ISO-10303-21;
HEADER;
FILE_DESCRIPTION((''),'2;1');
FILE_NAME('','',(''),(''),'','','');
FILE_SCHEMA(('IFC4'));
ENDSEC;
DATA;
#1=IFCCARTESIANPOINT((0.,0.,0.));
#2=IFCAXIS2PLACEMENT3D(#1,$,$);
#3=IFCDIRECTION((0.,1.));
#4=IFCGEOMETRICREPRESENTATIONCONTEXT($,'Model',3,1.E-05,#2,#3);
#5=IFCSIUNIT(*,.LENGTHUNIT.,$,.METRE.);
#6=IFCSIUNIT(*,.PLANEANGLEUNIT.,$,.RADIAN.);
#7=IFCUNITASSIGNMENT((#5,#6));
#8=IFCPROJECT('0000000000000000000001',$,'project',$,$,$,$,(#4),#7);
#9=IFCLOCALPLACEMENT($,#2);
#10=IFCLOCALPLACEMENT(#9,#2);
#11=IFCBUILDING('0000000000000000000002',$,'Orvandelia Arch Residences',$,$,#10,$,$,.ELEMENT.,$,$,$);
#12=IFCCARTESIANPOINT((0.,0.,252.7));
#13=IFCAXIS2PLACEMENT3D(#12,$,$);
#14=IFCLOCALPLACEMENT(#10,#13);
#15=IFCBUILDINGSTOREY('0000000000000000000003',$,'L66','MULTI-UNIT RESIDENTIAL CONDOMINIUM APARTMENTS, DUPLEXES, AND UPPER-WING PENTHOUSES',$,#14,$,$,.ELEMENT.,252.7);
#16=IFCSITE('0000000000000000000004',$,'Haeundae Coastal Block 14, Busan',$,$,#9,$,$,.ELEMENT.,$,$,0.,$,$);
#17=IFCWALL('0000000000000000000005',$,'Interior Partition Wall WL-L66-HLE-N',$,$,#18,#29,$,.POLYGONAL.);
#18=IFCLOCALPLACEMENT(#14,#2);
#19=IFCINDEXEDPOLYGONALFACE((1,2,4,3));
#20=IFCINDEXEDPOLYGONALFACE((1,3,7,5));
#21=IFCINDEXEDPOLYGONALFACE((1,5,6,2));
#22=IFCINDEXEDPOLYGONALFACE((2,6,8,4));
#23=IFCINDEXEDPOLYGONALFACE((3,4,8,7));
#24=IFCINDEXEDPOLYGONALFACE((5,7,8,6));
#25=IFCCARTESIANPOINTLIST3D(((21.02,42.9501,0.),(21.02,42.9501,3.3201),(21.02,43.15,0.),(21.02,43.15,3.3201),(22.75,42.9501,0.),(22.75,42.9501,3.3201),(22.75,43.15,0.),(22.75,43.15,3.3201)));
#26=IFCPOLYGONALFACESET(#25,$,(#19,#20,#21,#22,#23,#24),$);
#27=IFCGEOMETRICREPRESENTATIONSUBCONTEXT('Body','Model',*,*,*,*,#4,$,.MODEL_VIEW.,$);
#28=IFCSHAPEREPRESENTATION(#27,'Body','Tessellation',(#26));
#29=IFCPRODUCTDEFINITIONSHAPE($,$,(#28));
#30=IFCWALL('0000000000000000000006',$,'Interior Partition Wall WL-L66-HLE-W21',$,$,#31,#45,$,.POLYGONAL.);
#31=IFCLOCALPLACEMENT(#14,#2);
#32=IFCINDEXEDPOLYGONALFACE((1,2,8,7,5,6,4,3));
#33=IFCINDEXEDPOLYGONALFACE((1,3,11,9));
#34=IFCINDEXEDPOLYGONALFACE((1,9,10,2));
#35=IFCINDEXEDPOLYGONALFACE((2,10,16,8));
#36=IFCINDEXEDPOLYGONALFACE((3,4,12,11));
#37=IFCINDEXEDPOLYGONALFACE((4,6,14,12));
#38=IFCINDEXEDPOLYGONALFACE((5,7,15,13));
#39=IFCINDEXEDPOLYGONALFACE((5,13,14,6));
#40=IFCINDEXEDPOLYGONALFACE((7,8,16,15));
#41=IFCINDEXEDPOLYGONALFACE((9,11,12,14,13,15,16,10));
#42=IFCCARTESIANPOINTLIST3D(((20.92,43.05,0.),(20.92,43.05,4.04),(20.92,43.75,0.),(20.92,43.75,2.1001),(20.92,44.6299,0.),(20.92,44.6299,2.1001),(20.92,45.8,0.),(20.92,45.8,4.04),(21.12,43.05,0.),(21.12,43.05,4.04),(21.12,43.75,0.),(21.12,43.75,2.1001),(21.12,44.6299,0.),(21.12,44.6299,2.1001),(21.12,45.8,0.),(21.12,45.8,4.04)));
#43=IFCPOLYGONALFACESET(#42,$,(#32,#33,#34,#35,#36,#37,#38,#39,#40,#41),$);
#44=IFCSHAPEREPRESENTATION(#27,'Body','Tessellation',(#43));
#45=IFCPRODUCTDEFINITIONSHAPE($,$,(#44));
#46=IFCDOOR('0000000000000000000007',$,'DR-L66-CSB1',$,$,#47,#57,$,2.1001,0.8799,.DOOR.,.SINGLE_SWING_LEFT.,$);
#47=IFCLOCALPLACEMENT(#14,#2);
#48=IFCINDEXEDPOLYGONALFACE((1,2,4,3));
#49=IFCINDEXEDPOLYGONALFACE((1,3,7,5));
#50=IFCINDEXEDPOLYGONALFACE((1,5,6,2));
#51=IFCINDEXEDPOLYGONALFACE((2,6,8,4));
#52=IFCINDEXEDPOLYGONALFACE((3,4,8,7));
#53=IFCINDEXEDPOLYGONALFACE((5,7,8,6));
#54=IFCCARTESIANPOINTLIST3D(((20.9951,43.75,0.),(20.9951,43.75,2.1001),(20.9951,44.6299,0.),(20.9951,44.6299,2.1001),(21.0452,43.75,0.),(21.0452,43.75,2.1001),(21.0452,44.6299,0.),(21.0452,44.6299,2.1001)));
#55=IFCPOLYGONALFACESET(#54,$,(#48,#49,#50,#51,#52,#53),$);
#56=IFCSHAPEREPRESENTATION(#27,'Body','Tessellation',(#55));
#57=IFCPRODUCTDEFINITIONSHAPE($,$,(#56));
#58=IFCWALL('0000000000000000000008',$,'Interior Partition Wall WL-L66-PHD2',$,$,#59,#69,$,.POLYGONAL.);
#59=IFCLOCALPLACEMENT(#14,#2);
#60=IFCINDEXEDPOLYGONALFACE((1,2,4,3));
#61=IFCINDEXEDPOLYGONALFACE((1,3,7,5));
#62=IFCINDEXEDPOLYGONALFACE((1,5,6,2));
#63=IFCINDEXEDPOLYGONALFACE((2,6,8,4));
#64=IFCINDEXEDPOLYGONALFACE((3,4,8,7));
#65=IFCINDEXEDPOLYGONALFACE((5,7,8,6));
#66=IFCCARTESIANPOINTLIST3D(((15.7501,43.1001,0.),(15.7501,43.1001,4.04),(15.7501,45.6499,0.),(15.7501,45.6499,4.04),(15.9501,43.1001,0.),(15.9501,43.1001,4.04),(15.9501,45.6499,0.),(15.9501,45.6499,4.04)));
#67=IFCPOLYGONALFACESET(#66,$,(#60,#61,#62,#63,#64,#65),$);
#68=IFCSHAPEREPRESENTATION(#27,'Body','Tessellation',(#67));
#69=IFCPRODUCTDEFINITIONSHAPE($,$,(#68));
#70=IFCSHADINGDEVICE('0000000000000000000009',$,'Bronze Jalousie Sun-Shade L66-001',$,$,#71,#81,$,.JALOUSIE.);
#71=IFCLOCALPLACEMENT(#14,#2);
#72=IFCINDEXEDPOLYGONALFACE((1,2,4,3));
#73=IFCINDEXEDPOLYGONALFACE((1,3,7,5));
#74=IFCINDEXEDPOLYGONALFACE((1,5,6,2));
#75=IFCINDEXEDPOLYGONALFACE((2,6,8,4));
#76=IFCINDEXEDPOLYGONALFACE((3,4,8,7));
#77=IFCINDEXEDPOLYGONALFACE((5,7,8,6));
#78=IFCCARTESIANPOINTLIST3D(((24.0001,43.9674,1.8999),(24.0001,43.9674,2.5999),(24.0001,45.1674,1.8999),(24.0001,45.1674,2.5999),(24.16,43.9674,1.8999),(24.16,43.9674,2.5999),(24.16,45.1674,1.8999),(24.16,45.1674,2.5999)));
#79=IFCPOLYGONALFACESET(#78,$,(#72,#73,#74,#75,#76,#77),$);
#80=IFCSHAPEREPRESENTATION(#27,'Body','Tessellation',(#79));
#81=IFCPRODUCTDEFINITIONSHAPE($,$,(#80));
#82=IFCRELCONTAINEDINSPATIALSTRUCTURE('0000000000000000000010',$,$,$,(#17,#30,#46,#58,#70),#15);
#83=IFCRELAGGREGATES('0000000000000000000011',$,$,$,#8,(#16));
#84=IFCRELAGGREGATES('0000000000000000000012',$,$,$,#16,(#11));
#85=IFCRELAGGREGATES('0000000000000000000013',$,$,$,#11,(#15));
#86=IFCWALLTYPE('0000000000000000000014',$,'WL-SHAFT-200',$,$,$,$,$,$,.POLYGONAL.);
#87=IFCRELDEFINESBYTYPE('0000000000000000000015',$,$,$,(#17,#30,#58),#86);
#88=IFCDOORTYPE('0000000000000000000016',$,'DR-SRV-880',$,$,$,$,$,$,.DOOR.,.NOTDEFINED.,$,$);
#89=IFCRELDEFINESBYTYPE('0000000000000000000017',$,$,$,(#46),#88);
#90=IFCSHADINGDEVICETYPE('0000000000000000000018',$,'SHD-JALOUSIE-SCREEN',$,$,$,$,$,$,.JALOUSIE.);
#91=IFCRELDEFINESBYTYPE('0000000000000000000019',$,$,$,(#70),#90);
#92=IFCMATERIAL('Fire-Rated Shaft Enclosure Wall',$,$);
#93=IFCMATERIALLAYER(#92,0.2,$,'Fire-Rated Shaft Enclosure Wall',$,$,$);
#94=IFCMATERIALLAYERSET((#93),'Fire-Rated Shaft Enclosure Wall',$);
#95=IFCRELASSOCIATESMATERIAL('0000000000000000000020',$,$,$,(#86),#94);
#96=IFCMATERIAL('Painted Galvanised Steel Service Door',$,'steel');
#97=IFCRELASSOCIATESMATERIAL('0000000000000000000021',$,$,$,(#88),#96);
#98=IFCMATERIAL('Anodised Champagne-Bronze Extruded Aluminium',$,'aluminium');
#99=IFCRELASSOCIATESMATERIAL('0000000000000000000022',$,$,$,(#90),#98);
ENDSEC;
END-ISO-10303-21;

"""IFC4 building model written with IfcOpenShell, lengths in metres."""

from ifc_helpers import new_model, si_unit, direction, frame, frame_2d, origin, origin_2d, place, context, subcontext, project, spatial, rectangle, extrude, material, layer, layer_set, type_object, element, fill, save


model = new_model("IFC4")

# Units and contexts
model_context = context("Model", 3, precision=1e-05, world=origin(), true_north=direction((0.0, 1.0)))
body_context = subcontext(model_context, "Body", "Model", "MODEL_VIEW")
ifc_project = project(units=[si_unit("LENGTHUNIT", "METRE"), si_unit("PLANEANGLEUNIT", "RADIAN")], contexts=[model_context])

# Site, building, storey
site_placement = place(None, origin())
site = spatial("IfcSite", under=ifc_project, at=site_placement, Name="Haeundae Coastal Block 14, Busan", CompositionType="ELEMENT", RefElevation=0.0)
building_placement = place(site_placement, origin())
building = spatial("IfcBuilding", under=site, at=building_placement, Name="Orvandelia Arch Residences", CompositionType="ELEMENT")
storey_placement = place(building_placement, frame((0.0, 0.0, 252.7)))
storey = spatial("IfcBuildingStorey", under=building, at=storey_placement, Name="L66", Description="MULTI-UNIT RESIDENTIAL CONDOMINIUM APARTMENTS, DUPLEXES, AND UPPER-WING PENTHOUSES", CompositionType="ELEMENT", Elevation=252.7)

# Wall
ifc_material_1 = material(Name="Fire-Rated Shaft Enclosure Wall")
ifc_layer_1 = layer(ifc_material_1, 0.2, Name="Fire-Rated Shaft Enclosure Wall")
ifc_layer_set_1 = layer_set([ifc_layer_1], Name="Fire-Rated Shaft Enclosure Wall")
wall_type_1 = type_object("IfcWallType", Name="WL-SHAFT-200", PredefinedType="POLYGONAL", material=ifc_layer_set_1)
wall_1_placement = place(storey_placement, frame((21.02, 43.05, 0.0), z_axis=(0.0, 0.0, 1.0), x_axis=(1.0, 0.0, 0.0)))
element("IfcWall", 1, at=wall_1_placement, inside=storey, type_object=wall_type_1, Name="Interior Partition Wall WL-L66-HLE-N", PredefinedType="POLYGONAL", context=body_context, shape_type="SweptSolid", body=[
    extrude(rectangle(XDim=1.73, YDim=0.2, at=frame_2d((0.865, 0.0))), origin(), (0.0, 0.0, 1.0), 3.3201),
])

# Wall, opening, door
wall_2_placement = place(storey_placement, frame((21.02, 43.05, 0.0), z_axis=(0.0, 0.0, 1.0), x_axis=(0.0, 1.0, 0.0)))
wall_2 = element("IfcWall", 2, at=wall_2_placement, inside=storey, type_object=wall_type_1, Name="Interior Partition Wall WL-L66-HLE-W21", PredefinedType="POLYGONAL", context=body_context, shape_type="SweptSolid", body=[
    extrude(rectangle(XDim=2.75, YDim=0.2, at=frame_2d((1.375, 0.0))), origin(), (0.0, 0.0, 1.0), 4.04),
])
opening_1_placement = place(wall_2_placement, frame((0.7, 0.0, 0.0)))
opening_1 = element("IfcOpeningElement", 3, at=opening_1_placement, cuts=wall_2, PredefinedType="OPENING", context=body_context, shape_type="SweptSolid", body=[
    extrude(rectangle(XDim=0.8799, YDim=2.1001, at=frame_2d((0.4399, 1.05))), frame((0.0, 0.1099, 0.0), z_axis=(0.0, -1.0, 0.0), x_axis=(1.0, 0.0, 0.0)), (0.0, 0.0, 1.0), 0.22),
])
ifc_material_2 = material(Name="Painted Galvanised Steel Service Door", Category="steel")
door_type_1 = type_object("IfcDoorType", Name="DR-SRV-880", OperationType="NOTDEFINED", PredefinedType="DOOR", material=ifc_material_2)
door_1_placement = place(opening_1_placement, origin())
door_1 = element("IfcDoor", 4, at=door_1_placement, inside=storey, type_object=door_type_1, Name="DR-L66-CSB1", OperationType="SINGLE_SWING_LEFT", OverallHeight=2.1001, OverallWidth=0.8799, PredefinedType="DOOR", context=body_context, shape_type="SweptSolid", body=[
    extrude(rectangle(XDim=0.8799, YDim=2.1001, at=frame_2d((0.4399, 1.05))), frame((0.0, 0.0249, 0.0), z_axis=(0.0, -1.0, 0.0), x_axis=(1.0, 0.0, 0.0)), (0.0, 0.0, 1.0), 0.05),
])
fill(opening_1, door_1)

# Wall
wall_3_placement = place(storey_placement, frame((15.8501, 43.1001, 0.0), z_axis=(0.0, 0.0, 1.0), x_axis=(0.0, 1.0, 0.0)))
element("IfcWall", 5, at=wall_3_placement, inside=storey, type_object=wall_type_1, Name="Interior Partition Wall WL-L66-PHD2", PredefinedType="POLYGONAL", context=body_context, shape_type="SweptSolid", body=[
    extrude(rectangle(XDim=2.5498, YDim=0.2, at=frame_2d((1.2749, 0.0))), origin(), (0.0, 0.0, 1.0), 4.04),
])

# Shading device
ifc_material_3 = material(Name="Anodised Champagne-Bronze Extruded Aluminium", Category="aluminium")
shading_device_type = type_object("IfcShadingDeviceType", Name="SHD-JALOUSIE-SCREEN", PredefinedType="JALOUSIE", material=ifc_material_3)
shading_device_placement = place(storey_placement, frame((24.0801, 44.5674, 1.8999), z_axis=(0.0, 0.0, 1.0), x_axis=(0.0, -1.0, 0.0)))
element("IfcShadingDevice", 6, at=shading_device_placement, inside=storey, type_object=shading_device_type, Name="Bronze Jalousie Sun-Shade L66-001", PredefinedType="JALOUSIE", context=body_context, shape_type="SweptSolid", body=[
    extrude(rectangle(XDim=1.2, YDim=0.1599, at=origin_2d()), origin(), (0.0, 0.0, 1.0), 0.7),
])

save(model, "model.ifc")
